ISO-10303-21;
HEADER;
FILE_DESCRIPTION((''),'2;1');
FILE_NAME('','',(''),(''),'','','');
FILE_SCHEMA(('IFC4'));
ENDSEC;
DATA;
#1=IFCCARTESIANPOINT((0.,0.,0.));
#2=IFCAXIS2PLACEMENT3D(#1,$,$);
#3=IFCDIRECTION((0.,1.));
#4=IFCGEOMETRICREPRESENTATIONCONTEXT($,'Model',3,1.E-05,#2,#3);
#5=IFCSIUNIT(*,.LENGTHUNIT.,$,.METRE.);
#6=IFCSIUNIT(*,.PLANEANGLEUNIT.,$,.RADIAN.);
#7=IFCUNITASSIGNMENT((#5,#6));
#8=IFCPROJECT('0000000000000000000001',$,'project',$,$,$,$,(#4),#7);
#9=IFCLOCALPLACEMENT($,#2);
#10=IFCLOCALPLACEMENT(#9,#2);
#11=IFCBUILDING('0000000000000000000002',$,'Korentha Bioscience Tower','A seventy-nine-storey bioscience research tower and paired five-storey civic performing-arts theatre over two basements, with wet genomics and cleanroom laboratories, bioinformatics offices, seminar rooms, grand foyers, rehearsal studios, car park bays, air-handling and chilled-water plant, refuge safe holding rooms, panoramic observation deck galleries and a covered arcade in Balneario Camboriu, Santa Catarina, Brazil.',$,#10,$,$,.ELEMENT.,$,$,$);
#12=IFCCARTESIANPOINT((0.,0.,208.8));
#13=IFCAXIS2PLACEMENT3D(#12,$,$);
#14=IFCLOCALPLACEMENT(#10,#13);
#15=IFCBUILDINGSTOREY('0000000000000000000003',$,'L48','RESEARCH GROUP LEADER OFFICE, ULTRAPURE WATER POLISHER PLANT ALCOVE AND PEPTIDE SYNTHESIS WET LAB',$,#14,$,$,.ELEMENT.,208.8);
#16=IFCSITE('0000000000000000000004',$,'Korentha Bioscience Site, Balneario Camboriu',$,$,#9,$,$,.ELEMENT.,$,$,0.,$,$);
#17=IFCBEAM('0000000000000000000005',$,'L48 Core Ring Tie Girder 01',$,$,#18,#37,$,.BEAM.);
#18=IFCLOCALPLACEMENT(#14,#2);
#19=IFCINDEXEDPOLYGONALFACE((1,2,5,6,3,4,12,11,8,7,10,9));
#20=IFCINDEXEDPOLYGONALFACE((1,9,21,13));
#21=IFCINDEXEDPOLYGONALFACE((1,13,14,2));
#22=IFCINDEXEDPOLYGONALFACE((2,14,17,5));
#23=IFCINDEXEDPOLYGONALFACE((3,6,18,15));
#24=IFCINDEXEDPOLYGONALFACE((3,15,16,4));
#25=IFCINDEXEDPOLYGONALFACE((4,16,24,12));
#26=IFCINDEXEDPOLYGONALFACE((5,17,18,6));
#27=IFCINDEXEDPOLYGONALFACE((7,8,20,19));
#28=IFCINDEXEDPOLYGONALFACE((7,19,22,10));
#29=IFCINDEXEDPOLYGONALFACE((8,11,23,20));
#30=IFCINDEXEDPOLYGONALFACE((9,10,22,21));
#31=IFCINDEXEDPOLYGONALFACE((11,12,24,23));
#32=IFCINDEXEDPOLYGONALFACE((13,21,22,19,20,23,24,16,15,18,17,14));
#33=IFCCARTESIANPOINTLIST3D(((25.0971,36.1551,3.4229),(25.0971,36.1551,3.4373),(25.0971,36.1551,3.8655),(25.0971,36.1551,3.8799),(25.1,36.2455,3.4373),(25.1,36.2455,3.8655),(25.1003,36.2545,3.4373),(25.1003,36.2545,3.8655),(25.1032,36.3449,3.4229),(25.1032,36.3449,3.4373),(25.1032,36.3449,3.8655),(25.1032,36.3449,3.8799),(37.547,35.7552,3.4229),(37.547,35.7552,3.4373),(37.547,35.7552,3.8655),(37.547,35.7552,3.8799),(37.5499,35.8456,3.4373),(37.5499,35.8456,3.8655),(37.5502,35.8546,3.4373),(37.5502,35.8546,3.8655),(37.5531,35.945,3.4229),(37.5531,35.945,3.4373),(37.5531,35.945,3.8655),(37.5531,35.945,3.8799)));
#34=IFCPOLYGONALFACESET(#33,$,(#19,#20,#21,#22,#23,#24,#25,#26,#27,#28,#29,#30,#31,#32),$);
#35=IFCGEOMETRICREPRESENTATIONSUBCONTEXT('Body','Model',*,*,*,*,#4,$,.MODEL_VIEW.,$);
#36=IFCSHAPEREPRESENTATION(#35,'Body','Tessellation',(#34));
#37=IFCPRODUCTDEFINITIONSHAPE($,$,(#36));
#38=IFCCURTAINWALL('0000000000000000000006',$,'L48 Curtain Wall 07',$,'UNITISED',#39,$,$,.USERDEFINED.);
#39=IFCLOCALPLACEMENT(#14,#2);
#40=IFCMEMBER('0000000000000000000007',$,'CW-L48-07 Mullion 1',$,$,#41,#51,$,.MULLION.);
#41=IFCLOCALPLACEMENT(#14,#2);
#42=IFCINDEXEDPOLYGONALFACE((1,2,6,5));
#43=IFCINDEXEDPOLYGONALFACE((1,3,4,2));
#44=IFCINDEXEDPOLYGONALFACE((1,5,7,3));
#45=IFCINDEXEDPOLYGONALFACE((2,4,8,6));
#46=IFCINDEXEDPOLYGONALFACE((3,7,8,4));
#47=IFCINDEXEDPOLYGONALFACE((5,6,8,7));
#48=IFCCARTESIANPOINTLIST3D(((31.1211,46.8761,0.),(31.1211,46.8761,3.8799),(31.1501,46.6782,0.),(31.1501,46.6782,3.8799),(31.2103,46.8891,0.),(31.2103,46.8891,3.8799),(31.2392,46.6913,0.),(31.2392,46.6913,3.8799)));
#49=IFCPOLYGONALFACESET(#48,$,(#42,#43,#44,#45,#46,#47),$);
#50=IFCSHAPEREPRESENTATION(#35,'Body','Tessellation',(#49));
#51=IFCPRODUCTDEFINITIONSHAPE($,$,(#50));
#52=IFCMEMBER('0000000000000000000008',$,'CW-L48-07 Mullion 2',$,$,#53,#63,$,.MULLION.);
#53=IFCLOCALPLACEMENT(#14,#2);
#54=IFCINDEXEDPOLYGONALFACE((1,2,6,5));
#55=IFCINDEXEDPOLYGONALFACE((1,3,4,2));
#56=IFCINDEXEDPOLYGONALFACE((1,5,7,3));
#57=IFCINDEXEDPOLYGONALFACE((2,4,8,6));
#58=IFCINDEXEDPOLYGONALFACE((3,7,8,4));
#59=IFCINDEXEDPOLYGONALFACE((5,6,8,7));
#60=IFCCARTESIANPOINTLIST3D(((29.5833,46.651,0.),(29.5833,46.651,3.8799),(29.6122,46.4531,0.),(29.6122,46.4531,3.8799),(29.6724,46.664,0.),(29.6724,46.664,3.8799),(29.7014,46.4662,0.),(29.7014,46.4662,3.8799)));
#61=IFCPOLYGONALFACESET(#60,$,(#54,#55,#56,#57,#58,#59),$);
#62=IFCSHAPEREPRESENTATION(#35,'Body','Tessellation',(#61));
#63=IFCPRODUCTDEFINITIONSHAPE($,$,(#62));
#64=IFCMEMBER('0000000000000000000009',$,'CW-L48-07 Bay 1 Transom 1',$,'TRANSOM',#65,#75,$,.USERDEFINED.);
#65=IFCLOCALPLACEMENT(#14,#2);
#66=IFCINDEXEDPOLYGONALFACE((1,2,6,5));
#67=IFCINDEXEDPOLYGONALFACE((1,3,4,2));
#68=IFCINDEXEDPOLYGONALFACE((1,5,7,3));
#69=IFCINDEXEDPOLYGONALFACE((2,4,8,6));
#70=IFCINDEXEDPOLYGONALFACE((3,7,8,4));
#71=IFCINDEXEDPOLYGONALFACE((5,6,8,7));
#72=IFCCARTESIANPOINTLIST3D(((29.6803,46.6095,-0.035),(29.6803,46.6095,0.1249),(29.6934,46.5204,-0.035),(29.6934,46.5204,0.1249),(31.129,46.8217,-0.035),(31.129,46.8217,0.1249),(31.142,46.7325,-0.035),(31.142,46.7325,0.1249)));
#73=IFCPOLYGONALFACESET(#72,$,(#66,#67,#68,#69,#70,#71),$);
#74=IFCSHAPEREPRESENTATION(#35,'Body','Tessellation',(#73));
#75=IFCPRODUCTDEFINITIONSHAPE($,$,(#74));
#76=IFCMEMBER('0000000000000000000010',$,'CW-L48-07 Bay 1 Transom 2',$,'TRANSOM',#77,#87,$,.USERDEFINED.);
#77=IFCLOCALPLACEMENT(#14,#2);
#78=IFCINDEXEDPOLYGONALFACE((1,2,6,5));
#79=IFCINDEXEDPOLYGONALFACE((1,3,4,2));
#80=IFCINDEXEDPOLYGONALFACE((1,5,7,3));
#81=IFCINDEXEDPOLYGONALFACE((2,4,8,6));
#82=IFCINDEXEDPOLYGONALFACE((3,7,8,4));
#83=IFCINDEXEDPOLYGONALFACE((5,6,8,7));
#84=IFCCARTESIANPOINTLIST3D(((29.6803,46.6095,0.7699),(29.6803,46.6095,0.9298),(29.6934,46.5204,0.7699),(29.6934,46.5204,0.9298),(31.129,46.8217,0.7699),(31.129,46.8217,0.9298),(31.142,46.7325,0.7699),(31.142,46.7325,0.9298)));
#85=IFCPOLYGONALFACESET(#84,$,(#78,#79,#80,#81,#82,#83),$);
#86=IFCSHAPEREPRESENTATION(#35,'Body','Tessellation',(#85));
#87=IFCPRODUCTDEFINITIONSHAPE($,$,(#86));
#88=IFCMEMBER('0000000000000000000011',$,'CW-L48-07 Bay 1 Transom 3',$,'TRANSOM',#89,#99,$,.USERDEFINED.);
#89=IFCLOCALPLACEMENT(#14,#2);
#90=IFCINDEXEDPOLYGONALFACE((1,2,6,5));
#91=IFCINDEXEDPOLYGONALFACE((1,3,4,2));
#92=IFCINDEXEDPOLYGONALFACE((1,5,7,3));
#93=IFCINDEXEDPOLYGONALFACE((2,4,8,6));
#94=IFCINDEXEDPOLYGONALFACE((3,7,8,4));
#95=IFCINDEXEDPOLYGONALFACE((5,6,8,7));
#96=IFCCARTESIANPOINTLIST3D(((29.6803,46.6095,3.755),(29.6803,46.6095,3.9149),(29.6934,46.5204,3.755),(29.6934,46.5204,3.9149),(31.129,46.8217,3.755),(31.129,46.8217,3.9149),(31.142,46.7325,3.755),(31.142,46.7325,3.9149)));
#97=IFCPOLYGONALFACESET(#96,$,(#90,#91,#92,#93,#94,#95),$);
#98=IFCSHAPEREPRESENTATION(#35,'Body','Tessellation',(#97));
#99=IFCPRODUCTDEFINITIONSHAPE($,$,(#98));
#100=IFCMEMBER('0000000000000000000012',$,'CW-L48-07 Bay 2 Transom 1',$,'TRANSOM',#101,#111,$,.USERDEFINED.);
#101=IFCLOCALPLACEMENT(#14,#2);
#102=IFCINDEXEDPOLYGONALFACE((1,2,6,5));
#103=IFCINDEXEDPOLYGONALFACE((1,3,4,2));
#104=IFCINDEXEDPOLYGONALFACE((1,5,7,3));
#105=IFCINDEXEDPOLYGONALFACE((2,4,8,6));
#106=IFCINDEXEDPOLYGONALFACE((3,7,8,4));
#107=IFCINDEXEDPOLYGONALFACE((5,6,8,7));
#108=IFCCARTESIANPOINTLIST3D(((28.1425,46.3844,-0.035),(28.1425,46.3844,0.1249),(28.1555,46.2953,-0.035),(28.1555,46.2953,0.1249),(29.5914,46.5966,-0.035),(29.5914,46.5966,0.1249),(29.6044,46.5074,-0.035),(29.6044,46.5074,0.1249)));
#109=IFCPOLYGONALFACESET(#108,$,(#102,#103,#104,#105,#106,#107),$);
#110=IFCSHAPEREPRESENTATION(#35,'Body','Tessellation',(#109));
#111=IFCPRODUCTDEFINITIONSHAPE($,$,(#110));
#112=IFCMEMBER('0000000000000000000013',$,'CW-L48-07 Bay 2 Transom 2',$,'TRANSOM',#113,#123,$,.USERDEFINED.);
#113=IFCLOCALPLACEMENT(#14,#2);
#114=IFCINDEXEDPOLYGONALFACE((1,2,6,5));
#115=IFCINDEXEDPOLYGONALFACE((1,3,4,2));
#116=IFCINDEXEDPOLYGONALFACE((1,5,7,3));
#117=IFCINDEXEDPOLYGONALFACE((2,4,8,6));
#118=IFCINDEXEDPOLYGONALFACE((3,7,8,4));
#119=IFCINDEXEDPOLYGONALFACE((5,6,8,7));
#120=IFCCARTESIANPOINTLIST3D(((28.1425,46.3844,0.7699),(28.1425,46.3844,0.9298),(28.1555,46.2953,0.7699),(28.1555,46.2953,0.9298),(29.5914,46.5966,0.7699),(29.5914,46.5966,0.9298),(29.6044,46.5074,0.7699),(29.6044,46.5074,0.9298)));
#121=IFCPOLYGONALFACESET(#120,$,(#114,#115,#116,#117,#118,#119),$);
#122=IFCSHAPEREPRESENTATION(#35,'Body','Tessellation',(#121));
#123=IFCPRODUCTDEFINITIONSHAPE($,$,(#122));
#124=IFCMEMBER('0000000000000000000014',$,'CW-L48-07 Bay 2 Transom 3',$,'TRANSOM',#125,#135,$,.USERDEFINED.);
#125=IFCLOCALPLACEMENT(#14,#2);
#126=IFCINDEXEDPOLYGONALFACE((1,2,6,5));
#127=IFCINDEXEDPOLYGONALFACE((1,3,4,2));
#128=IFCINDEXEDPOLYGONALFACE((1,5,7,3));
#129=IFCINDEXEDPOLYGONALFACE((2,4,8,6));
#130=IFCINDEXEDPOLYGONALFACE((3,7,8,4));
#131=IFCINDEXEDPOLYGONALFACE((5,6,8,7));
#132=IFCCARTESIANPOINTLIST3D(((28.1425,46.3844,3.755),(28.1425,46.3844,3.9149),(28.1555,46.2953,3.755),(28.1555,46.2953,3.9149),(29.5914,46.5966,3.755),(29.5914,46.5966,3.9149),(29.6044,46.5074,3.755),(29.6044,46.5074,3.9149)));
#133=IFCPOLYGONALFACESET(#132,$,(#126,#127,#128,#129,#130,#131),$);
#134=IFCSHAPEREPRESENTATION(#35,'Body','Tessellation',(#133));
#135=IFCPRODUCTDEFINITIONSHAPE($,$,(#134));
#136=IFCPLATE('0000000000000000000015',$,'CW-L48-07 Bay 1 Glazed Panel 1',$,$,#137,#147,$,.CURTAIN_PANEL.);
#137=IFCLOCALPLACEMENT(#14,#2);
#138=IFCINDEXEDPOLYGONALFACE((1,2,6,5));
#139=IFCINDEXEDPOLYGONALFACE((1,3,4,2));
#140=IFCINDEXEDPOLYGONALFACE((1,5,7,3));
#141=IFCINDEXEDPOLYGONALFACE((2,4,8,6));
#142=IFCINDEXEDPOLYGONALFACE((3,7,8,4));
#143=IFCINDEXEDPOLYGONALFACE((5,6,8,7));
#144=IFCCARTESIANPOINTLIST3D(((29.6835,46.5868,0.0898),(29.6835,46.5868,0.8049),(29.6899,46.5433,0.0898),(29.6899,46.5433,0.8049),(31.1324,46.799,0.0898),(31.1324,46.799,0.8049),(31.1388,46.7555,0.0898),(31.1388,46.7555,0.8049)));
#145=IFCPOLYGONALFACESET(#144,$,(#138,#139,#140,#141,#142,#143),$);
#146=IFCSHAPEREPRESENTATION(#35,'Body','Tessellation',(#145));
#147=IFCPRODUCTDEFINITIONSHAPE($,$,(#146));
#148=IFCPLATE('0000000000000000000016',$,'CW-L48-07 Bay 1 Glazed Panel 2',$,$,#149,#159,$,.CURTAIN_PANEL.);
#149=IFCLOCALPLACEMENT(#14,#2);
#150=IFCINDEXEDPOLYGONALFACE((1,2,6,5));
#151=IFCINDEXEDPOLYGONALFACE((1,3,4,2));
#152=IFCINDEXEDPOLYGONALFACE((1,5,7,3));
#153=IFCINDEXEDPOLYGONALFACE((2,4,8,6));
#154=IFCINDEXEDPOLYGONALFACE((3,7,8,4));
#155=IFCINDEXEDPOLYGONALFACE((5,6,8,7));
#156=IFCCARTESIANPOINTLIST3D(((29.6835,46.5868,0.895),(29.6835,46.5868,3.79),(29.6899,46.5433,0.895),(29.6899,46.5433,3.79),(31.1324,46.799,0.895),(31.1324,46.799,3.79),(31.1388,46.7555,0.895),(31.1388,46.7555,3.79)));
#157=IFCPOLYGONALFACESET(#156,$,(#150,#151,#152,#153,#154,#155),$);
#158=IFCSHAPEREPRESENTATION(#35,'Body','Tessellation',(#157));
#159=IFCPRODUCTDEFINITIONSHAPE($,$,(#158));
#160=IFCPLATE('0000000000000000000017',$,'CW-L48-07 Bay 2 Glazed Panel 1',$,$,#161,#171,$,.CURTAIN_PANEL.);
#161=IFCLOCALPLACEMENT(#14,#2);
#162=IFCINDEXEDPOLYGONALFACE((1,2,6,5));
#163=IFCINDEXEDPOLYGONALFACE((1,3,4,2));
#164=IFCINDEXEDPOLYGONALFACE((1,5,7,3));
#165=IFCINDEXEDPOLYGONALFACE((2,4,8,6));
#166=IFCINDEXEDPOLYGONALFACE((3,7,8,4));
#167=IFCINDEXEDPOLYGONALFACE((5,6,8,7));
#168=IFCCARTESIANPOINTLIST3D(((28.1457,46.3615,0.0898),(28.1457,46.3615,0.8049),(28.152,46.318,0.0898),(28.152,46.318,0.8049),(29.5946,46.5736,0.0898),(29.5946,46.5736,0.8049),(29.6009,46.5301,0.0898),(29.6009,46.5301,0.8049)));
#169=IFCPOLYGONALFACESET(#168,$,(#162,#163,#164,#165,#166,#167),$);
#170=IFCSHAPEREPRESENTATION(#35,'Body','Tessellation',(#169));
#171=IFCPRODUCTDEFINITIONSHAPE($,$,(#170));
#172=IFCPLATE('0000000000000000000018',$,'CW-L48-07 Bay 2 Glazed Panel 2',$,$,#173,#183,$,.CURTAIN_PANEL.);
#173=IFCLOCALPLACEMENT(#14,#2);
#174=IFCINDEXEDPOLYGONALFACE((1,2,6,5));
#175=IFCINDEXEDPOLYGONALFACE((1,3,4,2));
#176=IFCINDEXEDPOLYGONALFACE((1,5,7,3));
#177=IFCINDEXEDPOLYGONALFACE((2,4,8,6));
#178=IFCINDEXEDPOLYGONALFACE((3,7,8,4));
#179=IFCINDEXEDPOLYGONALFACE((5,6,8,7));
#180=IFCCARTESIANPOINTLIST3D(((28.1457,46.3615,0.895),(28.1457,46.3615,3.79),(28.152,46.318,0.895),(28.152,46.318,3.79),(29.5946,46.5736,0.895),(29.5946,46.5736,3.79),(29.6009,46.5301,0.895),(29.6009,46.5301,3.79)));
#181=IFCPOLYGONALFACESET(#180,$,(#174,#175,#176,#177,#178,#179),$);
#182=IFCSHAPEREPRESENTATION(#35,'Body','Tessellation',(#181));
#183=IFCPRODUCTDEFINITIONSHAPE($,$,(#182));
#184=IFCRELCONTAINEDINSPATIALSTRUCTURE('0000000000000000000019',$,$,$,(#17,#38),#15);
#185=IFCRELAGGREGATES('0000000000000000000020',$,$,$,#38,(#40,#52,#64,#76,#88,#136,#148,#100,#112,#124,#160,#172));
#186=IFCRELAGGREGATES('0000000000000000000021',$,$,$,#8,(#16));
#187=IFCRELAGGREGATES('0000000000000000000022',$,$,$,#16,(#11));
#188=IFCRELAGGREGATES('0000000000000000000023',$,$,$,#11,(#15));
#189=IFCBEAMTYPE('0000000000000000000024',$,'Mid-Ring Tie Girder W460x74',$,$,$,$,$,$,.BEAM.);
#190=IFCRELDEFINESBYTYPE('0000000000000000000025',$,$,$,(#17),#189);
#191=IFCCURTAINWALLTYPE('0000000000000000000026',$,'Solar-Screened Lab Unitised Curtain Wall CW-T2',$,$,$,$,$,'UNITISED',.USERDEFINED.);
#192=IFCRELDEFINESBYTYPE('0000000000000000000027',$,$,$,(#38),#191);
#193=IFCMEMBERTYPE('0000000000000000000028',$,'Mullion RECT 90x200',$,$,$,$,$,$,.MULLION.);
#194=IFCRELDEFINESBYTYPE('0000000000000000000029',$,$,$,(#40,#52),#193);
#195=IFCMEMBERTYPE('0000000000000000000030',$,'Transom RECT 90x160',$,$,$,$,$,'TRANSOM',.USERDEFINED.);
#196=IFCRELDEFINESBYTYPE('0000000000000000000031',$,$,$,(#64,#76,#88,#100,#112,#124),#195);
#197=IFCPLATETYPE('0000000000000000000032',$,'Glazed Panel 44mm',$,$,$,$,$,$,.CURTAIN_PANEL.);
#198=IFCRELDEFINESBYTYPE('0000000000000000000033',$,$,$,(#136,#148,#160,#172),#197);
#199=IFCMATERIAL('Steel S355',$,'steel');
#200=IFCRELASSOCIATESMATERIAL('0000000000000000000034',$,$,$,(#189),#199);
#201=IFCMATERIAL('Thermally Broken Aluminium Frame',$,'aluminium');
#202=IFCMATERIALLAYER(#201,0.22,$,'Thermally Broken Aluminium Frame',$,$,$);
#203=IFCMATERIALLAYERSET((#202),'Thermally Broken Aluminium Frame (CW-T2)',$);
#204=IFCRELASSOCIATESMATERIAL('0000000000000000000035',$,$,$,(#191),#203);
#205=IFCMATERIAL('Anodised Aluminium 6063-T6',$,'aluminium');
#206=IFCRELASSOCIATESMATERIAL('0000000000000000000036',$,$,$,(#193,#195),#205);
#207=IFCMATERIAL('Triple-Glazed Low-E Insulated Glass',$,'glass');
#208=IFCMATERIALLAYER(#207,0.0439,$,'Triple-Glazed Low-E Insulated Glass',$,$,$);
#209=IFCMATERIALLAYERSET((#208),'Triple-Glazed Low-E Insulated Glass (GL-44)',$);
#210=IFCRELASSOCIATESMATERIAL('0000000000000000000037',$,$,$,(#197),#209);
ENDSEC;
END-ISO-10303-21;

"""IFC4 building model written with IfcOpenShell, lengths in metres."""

from ifc_helpers import new_model, si_unit, direction, frame, origin, origin_2d, place, context, subcontext, project, spatial, rectangle, i_section, extrude, material, layer, layer_set, material_profile, profile_set, type_object, element, aggregate, save


model = new_model("IFC4")

# Units and contexts
model_context = context("Model", 3, precision=1e-05, world=origin(), true_north=direction((0.0, 1.0)))
body_context = subcontext(model_context, "Body", "Model", "MODEL_VIEW")
ifc_project = project(units=[si_unit("LENGTHUNIT", "METRE"), si_unit("PLANEANGLEUNIT", "RADIAN")], contexts=[model_context])

# Site, building, storey
site_placement = place(None, origin())
site = spatial("IfcSite", under=ifc_project, at=site_placement, Name="Korentha Bioscience Site, Balneario Camboriu", CompositionType="ELEMENT", RefElevation=0.0)
building_placement = place(site_placement, origin())
building = spatial("IfcBuilding", under=site, at=building_placement, Name="Korentha Bioscience Tower", Description="A seventy-nine-storey bioscience research tower and paired five-storey civic performing-arts theatre over two basements, with wet genomics and cleanroom laboratories, bioinformatics offices, seminar rooms, grand foyers, rehearsal studios, car park bays, air-handling and chilled-water plant, refuge safe holding rooms, panoramic observation deck galleries and a covered arcade in Balneario Camboriu, Santa Catarina, Brazil.", CompositionType="ELEMENT")
storey_placement = place(building_placement, frame((0.0, 0.0, 208.8)))
storey = spatial("IfcBuildingStorey", under=building, at=storey_placement, Name="L48", Description="RESEARCH GROUP LEADER OFFICE, ULTRAPURE WATER POLISHER PLANT ALCOVE AND PEPTIDE SYNTHESIS WET LAB", CompositionType="ELEMENT", Elevation=208.8)

# Beam
ifc_material_1 = material(Name="Steel S355", Category="steel")
ifc_material_profile_1 = material_profile(ifc_material_1, i_section(OverallWidth=0.1899, OverallDepth=0.457, WebThickness=0.009, FlangeThickness=0.0144, at=origin_2d()), Name="Steel S355")
ifc_profile_set_1 = profile_set([ifc_material_profile_1], Name="Steel S355 (MB-460)")
beam_type = type_object("IfcBeamType", Name="Mid-Ring Tie Girder W460x74", PredefinedType="BEAM", material=ifc_profile_set_1)
beam_placement = place(storey_placement, frame((37.55, 35.8501, 3.6514), z_axis=(-0.999485, 0.032104, 0.0), x_axis=(-0.032104, -0.999485, 0.0)))
element("IfcBeam", 1, at=beam_placement, inside=storey, type_object=beam_type, Name="L48 Core Ring Tie Girder 01", PredefinedType="BEAM", context=body_context, shape_type="SweptSolid", body=[
    extrude(i_section(OverallWidth=0.1899, OverallDepth=0.457, WebThickness=0.009, FlangeThickness=0.0144, at=origin_2d()), origin(), (0.0, 0.0, 1.0), 12.4563),
])

# Curtain wall, members, plates
ifc_material_2 = material(Name="Thermally Broken Aluminium Frame", Category="aluminium")
ifc_layer_1 = layer(ifc_material_2, 0.22, Name="Thermally Broken Aluminium Frame")
ifc_layer_set_1 = layer_set([ifc_layer_1], Name="Thermally Broken Aluminium Frame (CW-T2)")
curtain_wall_type = type_object("IfcCurtainWallType", Name="Solar-Screened Lab Unitised Curtain Wall CW-T2", ElementType="UNITISED", PredefinedType="USERDEFINED", material=ifc_layer_set_1)
curtain_wall_placement = place(storey_placement, origin())
curtain_wall = element("IfcCurtainWall", 2, at=curtain_wall_placement, inside=storey, type_object=curtain_wall_type, Name="L48 Curtain Wall 07", ObjectType="UNITISED", PredefinedType="USERDEFINED")
ifc_material_3 = material(Name="Anodised Aluminium 6063-T6", Category="aluminium")
ifc_material_profile_2 = material_profile(ifc_material_3, rectangle(XDim=0.0901, YDim=0.2, at=origin_2d()), Name="Anodised Aluminium 6063-T6")
ifc_profile_set_2 = profile_set([ifc_material_profile_2], Name="Anodised Aluminium 6063-T6 (CW-MUL)")
member_type_1 = type_object("IfcMemberType", Name="Mullion RECT 90x200", PredefinedType="MULLION", material=ifc_profile_set_2)
member_1_placement = place(storey_placement, frame((31.1802, 46.7837, 0.0), z_axis=(0.0, 0.0, 1.0), x_axis=(-0.989449, -0.144878, 0.0)))
member_1 = element("IfcMember", 3, at=member_1_placement, type_object=member_type_1, Name="CW-L48-07 Mullion 1", PredefinedType="MULLION", context=body_context, shape_type="SweptSolid", body=[
    extrude(rectangle(XDim=0.0901, YDim=0.2, at=origin_2d()), origin(), (0.0, 0.0, 1.0), 3.8799),
])
member_2_placement = place(storey_placement, frame((29.6423, 46.5586, 0.0), z_axis=(0.0, 0.0, 1.0), x_axis=(-0.989449, -0.144878, 0.0)))
member_2 = element("IfcMember", 4, at=member_2_placement, type_object=member_type_1, Name="CW-L48-07 Mullion 2", PredefinedType="MULLION", context=body_context, shape_type="SweptSolid", body=[
    extrude(rectangle(XDim=0.0901, YDim=0.2, at=origin_2d()), origin(), (0.0, 0.0, 1.0), 3.8799),
])
ifc_material_profile_3 = material_profile(ifc_material_3, rectangle(XDim=0.0901, YDim=0.1599, at=origin_2d()), Name="Anodised Aluminium 6063-T6")
ifc_profile_set_3 = profile_set([ifc_material_profile_3], Name="Anodised Aluminium 6063-T6 (CW-TRN)")
member_type_2 = type_object("IfcMemberType", Name="Transom RECT 90x160", ElementType="TRANSOM", PredefinedType="USERDEFINED", material=ifc_profile_set_3)
member_3_placement = place(storey_placement, frame((31.1355, 46.7771, 0.0449), z_axis=(-0.989446, -0.144899, 0.0), x_axis=(0.144899, -0.989446, 0.0)))
member_3 = element("IfcMember", 5, at=member_3_placement, type_object=member_type_2, Name="CW-L48-07 Bay 1 Transom 1", ObjectType="TRANSOM", PredefinedType="USERDEFINED", context=body_context, shape_type="SweptSolid", body=[
    extrude(rectangle(XDim=0.0901, YDim=0.1599, at=origin_2d()), origin(), (0.0, 0.0, 1.0), 1.4641),
])
member_4_placement = place(storey_placement, frame((31.1355, 46.7771, 0.8499), z_axis=(-0.989446, -0.144899, 0.0), x_axis=(0.144899, -0.989446, 0.0)))
member_4 = element("IfcMember", 6, at=member_4_placement, type_object=member_type_2, Name="CW-L48-07 Bay 1 Transom 2", ObjectType="TRANSOM", PredefinedType="USERDEFINED", context=body_context, shape_type="SweptSolid", body=[
    extrude(rectangle(XDim=0.0901, YDim=0.1599, at=origin_2d()), origin(), (0.0, 0.0, 1.0), 1.4641),
])
member_5_placement = place(storey_placement, frame((31.1355, 46.7771, 3.835), z_axis=(-0.989446, -0.144899, 0.0), x_axis=(0.144899, -0.989446, 0.0)))
member_5 = element("IfcMember", 7, at=member_5_placement, type_object=member_type_2, Name="CW-L48-07 Bay 1 Transom 3", ObjectType="TRANSOM", PredefinedType="USERDEFINED", context=body_context, shape_type="SweptSolid", body=[
    extrude(rectangle(XDim=0.0901, YDim=0.1599, at=origin_2d()), origin(), (0.0, 0.0, 1.0), 1.4641),
])
member_6_placement = place(storey_placement, frame((29.5979, 46.552, 0.0449), z_axis=(-0.98945, -0.144875, 0.0), x_axis=(0.144875, -0.98945, 0.0)))
member_6 = element("IfcMember", 8, at=member_6_placement, type_object=member_type_2, Name="CW-L48-07 Bay 2 Transom 1", ObjectType="TRANSOM", PredefinedType="USERDEFINED", context=body_context, shape_type="SweptSolid", body=[
    extrude(rectangle(XDim=0.0901, YDim=0.1599, at=origin_2d()), origin(), (0.0, 0.0, 1.0), 1.4644),
])
member_7_placement = place(storey_placement, frame((29.5979, 46.552, 0.8499), z_axis=(-0.98945, -0.144875, 0.0), x_axis=(0.144875, -0.98945, 0.0)))
member_7 = element("IfcMember", 9, at=member_7_placement, type_object=member_type_2, Name="CW-L48-07 Bay 2 Transom 2", ObjectType="TRANSOM", PredefinedType="USERDEFINED", context=body_context, shape_type="SweptSolid", body=[
    extrude(rectangle(XDim=0.0901, YDim=0.1599, at=origin_2d()), origin(), (0.0, 0.0, 1.0), 1.4644),
])
member_8_placement = place(storey_placement, frame((29.5979, 46.552, 3.835), z_axis=(-0.98945, -0.144875, 0.0), x_axis=(0.144875, -0.98945, 0.0)))
member_8 = element("IfcMember", 10, at=member_8_placement, type_object=member_type_2, Name="CW-L48-07 Bay 2 Transom 3", ObjectType="TRANSOM", PredefinedType="USERDEFINED", context=body_context, shape_type="SweptSolid", body=[
    extrude(rectangle(XDim=0.0901, YDim=0.1599, at=origin_2d()), origin(), (0.0, 0.0, 1.0), 1.4644),
])
ifc_material_4 = material(Name="Triple-Glazed Low-E Insulated Glass", Category="glass")
ifc_layer_2 = layer(ifc_material_4, 0.0439, Name="Triple-Glazed Low-E Insulated Glass")
ifc_layer_set_2 = layer_set([ifc_layer_2], Name="Triple-Glazed Low-E Insulated Glass (GL-44)")
plate_type = type_object("IfcPlateType", Name="Glazed Panel 44mm", PredefinedType="CURTAIN_PANEL", material=ifc_layer_set_2)
plate_1_placement = place(storey_placement, frame((30.4111, 46.6711, 0.0898), z_axis=(0.0, 0.0, 1.0), x_axis=(-0.989449, -0.144878, 0.0)))
plate_1 = element("IfcPlate", 11, at=plate_1_placement, type_object=plate_type, Name="CW-L48-07 Bay 1 Glazed Panel 1", PredefinedType="CURTAIN_PANEL", context=body_context, shape_type="SweptSolid", body=[
    extrude(rectangle(XDim=1.4644, YDim=0.0439, at=origin_2d()), origin(), (0.0, 0.0, 1.0), 0.7151),
])
plate_2_placement = place(storey_placement, frame((30.4111, 46.6711, 0.895), z_axis=(0.0, 0.0, 1.0), x_axis=(-0.989449, -0.144878, 0.0)))
plate_2 = element("IfcPlate", 12, at=plate_2_placement, type_object=plate_type, Name="CW-L48-07 Bay 1 Glazed Panel 2", PredefinedType="CURTAIN_PANEL", context=body_context, shape_type="SweptSolid", body=[
    extrude(rectangle(XDim=1.4644, YDim=0.0439, at=origin_2d()), origin(), (0.0, 0.0, 1.0), 2.895),
])
plate_3_placement = place(storey_placement, frame((28.8733, 46.4458, 0.0898), z_axis=(0.0, 0.0, 1.0), x_axis=(-0.989449, -0.144878, 0.0)))
plate_3 = element("IfcPlate", 13, at=plate_3_placement, type_object=plate_type, Name="CW-L48-07 Bay 2 Glazed Panel 1", PredefinedType="CURTAIN_PANEL", context=body_context, shape_type="SweptSolid", body=[
    extrude(rectangle(XDim=1.4644, YDim=0.0439, at=origin_2d()), origin(), (0.0, 0.0, 1.0), 0.7151),
])
plate_4_placement = place(storey_placement, frame((28.8733, 46.4458, 0.895), z_axis=(0.0, 0.0, 1.0), x_axis=(-0.989449, -0.144878, 0.0)))
plate_4 = element("IfcPlate", 14, at=plate_4_placement, type_object=plate_type, Name="CW-L48-07 Bay 2 Glazed Panel 2", PredefinedType="CURTAIN_PANEL", context=body_context, shape_type="SweptSolid", body=[
    extrude(rectangle(XDim=1.4644, YDim=0.0439, at=origin_2d()), origin(), (0.0, 0.0, 1.0), 2.895),
])
aggregate(curtain_wall, [member_1, member_2, member_3, member_4, member_5, plate_1, plate_2, member_6, member_7, member_8, plate_3, plate_4])

save(model, "model.ifc")
